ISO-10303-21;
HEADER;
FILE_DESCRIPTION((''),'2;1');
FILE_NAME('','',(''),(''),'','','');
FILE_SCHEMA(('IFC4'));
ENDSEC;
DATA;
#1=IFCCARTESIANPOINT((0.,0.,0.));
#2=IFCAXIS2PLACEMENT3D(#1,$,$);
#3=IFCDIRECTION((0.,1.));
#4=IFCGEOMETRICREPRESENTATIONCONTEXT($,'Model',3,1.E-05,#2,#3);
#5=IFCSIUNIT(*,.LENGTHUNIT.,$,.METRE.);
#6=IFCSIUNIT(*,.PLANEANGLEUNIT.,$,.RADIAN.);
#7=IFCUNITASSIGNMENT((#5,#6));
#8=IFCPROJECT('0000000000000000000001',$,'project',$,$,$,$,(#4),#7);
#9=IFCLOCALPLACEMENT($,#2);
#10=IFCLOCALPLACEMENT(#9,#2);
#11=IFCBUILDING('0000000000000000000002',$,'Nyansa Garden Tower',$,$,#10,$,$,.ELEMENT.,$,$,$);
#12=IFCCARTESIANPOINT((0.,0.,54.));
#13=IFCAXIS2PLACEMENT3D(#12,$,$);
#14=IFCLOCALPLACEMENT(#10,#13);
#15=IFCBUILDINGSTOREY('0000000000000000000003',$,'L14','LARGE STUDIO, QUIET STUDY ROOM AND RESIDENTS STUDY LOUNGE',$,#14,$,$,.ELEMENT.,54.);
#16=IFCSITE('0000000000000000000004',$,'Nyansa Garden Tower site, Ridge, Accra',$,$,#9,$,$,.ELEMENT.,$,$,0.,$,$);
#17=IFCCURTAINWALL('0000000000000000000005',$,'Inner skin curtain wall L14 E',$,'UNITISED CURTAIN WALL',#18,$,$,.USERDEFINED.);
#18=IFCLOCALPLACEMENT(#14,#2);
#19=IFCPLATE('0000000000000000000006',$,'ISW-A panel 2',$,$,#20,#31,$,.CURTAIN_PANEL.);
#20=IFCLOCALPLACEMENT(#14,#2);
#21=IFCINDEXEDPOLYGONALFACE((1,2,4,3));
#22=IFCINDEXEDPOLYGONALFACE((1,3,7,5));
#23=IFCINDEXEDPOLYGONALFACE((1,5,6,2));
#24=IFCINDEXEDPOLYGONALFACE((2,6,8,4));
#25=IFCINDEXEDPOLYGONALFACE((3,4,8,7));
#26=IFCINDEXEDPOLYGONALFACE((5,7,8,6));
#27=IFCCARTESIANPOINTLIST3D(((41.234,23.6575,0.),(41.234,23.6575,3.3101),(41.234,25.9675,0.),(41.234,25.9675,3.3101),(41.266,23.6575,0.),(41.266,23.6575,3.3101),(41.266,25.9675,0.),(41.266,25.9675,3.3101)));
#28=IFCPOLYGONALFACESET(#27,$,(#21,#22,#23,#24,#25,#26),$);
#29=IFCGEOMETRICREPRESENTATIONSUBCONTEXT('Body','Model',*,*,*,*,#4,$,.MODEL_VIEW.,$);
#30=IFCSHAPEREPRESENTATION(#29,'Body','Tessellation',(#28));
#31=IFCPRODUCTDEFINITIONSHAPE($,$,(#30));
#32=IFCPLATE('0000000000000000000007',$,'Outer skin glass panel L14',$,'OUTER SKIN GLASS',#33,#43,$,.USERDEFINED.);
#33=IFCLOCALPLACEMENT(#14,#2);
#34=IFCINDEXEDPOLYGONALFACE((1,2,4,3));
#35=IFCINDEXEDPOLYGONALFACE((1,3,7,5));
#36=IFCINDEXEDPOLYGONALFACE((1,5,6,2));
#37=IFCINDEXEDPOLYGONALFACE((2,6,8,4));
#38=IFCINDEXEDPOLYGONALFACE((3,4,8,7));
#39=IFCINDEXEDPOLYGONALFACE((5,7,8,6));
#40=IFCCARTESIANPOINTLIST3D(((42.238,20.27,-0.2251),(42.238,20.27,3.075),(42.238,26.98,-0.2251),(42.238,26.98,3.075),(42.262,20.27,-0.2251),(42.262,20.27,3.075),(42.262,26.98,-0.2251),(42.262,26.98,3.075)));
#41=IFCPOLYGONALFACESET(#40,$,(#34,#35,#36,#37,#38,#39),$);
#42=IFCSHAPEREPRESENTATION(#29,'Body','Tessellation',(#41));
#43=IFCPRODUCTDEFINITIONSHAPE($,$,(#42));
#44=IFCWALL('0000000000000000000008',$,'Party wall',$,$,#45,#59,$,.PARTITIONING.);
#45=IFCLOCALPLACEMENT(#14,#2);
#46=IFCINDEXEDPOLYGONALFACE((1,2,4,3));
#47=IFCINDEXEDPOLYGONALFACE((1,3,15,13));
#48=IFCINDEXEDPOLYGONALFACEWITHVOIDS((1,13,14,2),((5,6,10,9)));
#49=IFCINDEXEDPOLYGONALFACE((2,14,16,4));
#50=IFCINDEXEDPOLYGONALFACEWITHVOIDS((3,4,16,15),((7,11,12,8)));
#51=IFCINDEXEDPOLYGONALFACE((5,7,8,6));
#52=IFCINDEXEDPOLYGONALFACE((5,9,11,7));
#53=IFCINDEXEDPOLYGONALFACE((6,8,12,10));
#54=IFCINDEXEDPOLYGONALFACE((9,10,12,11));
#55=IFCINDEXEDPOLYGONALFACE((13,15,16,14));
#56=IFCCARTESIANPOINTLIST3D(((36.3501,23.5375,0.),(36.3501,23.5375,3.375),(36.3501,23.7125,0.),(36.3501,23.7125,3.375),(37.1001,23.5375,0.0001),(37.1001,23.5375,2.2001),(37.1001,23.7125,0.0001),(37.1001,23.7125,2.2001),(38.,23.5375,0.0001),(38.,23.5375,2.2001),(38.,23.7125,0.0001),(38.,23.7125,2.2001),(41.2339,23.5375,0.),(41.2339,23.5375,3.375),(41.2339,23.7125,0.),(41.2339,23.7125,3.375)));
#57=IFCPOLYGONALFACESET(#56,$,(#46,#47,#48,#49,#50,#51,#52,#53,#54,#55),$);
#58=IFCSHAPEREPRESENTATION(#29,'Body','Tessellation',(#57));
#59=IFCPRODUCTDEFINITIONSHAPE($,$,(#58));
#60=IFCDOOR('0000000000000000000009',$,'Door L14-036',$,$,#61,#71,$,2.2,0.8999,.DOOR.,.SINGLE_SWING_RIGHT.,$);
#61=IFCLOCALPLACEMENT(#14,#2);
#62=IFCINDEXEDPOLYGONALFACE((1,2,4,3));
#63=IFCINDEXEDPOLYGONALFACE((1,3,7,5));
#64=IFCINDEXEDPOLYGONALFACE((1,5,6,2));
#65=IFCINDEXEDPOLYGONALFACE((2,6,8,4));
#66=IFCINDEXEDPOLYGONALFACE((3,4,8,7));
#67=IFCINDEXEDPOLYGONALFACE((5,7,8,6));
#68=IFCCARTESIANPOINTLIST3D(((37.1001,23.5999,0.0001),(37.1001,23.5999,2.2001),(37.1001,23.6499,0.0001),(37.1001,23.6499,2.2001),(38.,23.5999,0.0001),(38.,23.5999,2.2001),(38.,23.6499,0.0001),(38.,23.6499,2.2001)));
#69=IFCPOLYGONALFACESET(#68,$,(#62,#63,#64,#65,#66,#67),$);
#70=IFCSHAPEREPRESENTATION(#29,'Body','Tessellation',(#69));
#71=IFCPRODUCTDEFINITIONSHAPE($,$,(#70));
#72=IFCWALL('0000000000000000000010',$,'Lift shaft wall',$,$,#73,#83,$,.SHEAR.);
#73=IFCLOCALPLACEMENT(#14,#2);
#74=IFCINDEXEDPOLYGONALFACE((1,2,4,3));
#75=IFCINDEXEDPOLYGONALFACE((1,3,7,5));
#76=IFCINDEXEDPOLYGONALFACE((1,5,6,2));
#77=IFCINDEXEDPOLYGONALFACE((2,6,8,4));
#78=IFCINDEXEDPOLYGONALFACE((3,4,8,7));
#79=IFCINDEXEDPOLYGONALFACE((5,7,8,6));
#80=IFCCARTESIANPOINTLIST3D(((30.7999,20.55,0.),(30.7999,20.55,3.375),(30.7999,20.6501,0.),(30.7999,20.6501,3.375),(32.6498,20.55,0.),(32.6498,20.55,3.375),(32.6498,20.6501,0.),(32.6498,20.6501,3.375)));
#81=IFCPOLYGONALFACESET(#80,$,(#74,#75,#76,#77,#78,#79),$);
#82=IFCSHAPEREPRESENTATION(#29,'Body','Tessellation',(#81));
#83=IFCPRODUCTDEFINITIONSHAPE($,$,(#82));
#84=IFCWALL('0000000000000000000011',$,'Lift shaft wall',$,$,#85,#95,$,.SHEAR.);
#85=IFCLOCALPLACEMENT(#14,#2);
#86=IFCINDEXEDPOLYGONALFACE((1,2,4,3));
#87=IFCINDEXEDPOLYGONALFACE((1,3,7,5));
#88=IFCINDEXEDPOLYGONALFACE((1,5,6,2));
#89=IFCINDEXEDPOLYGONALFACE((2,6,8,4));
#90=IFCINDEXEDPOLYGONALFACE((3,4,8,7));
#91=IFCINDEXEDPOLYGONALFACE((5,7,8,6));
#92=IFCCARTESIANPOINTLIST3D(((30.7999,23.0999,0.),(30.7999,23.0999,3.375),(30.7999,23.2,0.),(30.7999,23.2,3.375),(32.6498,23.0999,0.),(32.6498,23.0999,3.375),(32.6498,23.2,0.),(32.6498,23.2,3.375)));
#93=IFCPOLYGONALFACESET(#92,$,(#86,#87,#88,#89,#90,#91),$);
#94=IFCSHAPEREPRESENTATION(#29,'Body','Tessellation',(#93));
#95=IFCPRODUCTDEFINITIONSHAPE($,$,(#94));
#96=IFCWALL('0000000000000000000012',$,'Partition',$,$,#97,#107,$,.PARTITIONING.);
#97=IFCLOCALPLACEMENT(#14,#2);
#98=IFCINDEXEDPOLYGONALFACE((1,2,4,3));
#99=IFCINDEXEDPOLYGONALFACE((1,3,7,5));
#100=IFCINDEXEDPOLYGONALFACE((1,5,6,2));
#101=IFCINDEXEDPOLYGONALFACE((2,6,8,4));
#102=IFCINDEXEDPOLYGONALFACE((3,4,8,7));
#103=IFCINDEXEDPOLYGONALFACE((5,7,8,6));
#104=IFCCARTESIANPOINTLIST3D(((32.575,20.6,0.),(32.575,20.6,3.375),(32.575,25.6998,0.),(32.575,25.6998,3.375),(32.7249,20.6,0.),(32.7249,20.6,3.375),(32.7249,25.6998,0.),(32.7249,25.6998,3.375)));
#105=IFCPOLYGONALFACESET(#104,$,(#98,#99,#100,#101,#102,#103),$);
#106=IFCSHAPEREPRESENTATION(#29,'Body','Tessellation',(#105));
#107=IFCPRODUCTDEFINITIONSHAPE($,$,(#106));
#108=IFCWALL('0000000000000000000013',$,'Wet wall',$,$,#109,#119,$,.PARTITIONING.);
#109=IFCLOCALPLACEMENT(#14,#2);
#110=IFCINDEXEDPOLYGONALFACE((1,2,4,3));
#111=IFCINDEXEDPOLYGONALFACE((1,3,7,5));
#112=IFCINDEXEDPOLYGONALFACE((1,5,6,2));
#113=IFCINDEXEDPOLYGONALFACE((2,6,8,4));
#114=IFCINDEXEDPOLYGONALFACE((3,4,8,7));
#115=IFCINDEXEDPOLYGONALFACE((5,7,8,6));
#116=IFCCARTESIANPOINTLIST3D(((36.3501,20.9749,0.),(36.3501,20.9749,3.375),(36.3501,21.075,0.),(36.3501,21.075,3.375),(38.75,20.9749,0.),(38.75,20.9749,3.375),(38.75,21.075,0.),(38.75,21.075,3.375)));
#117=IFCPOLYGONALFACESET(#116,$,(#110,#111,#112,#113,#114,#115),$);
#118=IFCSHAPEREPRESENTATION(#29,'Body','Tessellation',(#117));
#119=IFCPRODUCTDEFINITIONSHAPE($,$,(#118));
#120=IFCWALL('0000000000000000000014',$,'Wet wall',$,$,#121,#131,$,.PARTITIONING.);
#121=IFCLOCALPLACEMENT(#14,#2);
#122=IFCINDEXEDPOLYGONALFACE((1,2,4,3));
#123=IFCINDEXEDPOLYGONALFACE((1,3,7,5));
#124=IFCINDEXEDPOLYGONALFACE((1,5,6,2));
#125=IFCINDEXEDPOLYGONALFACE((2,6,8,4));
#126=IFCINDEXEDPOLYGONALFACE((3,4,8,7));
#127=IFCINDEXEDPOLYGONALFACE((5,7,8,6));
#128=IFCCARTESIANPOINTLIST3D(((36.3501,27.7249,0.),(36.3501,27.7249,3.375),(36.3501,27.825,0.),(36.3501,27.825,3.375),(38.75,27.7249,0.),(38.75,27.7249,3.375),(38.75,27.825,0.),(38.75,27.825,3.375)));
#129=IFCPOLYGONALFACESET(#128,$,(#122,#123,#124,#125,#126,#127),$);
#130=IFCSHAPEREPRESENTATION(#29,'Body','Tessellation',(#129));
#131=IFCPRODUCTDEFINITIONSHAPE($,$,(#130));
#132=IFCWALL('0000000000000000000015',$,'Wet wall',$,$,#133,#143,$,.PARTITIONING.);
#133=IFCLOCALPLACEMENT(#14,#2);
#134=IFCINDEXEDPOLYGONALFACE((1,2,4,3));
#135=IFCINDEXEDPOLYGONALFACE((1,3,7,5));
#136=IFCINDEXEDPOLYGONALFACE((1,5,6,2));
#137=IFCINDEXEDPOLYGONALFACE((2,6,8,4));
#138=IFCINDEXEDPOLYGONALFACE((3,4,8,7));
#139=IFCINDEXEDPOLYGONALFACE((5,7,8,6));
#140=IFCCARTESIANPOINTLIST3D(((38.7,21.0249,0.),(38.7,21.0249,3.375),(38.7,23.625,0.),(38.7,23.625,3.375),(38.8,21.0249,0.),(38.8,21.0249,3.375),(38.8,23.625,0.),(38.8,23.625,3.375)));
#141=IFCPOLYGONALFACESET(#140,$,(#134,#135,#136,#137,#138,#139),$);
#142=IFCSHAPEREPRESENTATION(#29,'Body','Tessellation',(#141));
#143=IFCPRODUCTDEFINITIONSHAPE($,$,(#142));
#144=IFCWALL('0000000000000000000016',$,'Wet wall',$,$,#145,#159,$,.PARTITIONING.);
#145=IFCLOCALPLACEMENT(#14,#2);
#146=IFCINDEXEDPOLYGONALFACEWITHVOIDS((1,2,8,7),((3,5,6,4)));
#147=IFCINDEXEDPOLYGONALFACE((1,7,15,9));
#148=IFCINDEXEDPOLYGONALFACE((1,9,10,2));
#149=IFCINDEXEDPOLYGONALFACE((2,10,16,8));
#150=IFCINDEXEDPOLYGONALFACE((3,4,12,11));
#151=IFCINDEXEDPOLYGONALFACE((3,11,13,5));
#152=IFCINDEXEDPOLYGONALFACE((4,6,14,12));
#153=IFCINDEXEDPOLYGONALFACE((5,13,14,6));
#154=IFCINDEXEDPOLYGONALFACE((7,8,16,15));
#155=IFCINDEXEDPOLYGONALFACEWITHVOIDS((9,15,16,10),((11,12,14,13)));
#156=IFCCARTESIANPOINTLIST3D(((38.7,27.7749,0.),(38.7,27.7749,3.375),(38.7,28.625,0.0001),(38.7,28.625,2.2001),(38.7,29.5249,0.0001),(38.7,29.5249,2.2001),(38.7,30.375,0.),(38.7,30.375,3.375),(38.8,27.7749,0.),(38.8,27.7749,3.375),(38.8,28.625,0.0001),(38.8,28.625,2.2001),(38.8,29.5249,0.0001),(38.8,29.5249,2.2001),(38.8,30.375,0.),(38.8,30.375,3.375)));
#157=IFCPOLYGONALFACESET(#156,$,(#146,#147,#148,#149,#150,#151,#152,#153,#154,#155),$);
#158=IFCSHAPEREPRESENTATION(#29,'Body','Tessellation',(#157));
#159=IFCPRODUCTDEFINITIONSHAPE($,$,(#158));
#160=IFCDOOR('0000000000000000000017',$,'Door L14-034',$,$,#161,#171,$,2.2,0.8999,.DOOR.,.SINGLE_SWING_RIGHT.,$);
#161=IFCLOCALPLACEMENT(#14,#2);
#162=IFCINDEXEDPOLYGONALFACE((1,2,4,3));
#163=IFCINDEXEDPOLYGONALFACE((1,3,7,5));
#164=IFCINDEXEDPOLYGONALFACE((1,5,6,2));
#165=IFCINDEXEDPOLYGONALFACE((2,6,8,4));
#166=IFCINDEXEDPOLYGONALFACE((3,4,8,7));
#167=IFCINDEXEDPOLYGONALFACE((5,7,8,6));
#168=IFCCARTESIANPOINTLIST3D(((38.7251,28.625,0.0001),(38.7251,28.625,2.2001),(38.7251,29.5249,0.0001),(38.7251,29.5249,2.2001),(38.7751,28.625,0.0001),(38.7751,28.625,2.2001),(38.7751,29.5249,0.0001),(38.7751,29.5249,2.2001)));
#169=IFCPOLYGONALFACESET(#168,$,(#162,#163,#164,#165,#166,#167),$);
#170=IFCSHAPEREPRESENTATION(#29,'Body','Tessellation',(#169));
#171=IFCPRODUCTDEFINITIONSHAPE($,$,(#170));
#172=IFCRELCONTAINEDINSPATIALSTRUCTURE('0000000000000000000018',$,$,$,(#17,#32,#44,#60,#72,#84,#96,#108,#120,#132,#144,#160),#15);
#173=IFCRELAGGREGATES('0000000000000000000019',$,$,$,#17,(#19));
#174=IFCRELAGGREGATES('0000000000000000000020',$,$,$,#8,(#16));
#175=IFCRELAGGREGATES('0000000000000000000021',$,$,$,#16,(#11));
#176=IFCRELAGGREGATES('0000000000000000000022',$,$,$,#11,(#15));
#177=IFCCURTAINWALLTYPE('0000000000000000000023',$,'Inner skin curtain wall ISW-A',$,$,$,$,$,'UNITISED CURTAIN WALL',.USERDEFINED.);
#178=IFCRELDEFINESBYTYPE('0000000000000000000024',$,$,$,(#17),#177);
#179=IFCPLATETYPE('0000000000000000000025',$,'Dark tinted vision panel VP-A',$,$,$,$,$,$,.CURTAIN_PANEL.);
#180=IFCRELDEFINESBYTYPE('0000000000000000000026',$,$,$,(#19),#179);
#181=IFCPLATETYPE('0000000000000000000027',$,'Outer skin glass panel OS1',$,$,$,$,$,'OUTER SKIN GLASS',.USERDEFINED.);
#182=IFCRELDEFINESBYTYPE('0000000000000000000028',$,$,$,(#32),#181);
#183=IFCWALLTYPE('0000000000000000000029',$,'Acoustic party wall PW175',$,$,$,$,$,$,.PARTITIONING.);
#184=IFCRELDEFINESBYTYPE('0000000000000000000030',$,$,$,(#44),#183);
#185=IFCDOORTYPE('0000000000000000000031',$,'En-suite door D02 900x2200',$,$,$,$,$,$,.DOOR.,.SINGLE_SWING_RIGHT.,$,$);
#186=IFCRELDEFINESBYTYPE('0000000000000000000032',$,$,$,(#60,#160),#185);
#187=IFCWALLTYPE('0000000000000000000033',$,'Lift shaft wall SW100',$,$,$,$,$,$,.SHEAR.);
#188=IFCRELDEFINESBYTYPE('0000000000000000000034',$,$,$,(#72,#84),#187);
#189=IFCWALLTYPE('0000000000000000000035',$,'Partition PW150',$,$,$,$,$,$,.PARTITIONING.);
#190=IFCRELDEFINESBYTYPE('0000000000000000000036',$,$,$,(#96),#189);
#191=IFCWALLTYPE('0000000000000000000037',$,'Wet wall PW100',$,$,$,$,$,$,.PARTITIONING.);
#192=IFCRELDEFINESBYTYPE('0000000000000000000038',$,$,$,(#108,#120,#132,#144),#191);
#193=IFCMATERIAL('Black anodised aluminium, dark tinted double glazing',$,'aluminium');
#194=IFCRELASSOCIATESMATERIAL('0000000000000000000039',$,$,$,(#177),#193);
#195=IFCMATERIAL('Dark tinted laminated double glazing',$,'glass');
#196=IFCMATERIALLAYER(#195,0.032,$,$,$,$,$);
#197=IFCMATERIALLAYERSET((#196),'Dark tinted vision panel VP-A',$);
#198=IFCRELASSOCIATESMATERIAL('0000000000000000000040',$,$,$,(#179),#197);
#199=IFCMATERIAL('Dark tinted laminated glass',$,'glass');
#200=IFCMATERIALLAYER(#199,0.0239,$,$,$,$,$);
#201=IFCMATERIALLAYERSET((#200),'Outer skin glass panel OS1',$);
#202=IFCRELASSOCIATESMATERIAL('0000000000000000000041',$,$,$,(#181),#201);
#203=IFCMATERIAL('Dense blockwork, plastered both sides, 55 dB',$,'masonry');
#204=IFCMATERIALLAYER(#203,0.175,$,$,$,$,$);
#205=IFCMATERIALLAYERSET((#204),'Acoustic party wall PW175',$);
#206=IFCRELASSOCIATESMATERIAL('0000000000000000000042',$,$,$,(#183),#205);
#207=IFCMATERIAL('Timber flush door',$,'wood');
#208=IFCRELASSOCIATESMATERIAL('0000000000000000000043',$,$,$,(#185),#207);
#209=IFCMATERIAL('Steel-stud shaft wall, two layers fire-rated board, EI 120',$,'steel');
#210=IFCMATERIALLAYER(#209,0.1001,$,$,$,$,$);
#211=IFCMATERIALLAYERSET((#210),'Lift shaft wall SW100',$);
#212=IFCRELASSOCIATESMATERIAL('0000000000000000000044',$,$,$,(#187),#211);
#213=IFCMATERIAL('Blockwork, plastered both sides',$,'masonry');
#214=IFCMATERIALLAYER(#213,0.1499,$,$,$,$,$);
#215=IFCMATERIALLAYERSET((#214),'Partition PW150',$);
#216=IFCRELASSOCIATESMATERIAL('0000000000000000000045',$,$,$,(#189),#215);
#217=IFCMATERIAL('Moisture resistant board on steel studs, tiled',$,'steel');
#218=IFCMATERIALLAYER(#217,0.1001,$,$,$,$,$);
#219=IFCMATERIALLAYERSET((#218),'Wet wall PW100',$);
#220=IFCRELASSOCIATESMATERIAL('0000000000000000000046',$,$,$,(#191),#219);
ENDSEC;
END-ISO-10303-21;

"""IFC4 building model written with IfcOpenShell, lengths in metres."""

from ifc_helpers import new_model, si_unit, direction, frame, frame_2d, origin, origin_2d, place, context, subcontext, project, spatial, rectangle, extrude, material, layer, layer_set, type_object, element, fill, aggregate, save


model = new_model("IFC4")

# Units and contexts
model_context = context("Model", 3, precision=1e-05, world=origin(), true_north=direction((0.0, 1.0)))
body_context = subcontext(model_context, "Body", "Model", "MODEL_VIEW")
ifc_project = project(units=[si_unit("LENGTHUNIT", "METRE"), si_unit("PLANEANGLEUNIT", "RADIAN")], contexts=[model_context])

# Site, building, storey
site_placement = place(None, origin())
site = spatial("IfcSite", under=ifc_project, at=site_placement, Name="Nyansa Garden Tower site, Ridge, Accra", CompositionType="ELEMENT", RefElevation=0.0)
building_placement = place(site_placement, origin())
building = spatial("IfcBuilding", under=site, at=building_placement, Name="Nyansa Garden Tower", CompositionType="ELEMENT")
storey_placement = place(building_placement, frame((0.0, 0.0, 54.0)))
storey = spatial("IfcBuildingStorey", under=building, at=storey_placement, Name="L14", Description="LARGE STUDIO, QUIET STUDY ROOM AND RESIDENTS STUDY LOUNGE", CompositionType="ELEMENT", Elevation=54.0)

# Curtain wall
ifc_material_1 = material(Name="Black anodised aluminium, dark tinted double glazing", Category="aluminium")
curtain_wall_type = type_object("IfcCurtainWallType", Name="Inner skin curtain wall ISW-A", ElementType="UNITISED CURTAIN WALL", PredefinedType="USERDEFINED", material=ifc_material_1)
curtain_wall_placement = place(storey_placement, origin())
curtain_wall = element("IfcCurtainWall", 1, at=curtain_wall_placement, inside=storey, type_object=curtain_wall_type, Name="Inner skin curtain wall L14 E", ObjectType="UNITISED CURTAIN WALL", PredefinedType="USERDEFINED")

# Plates
ifc_material_2 = material(Name="Dark tinted laminated double glazing", Category="glass")
ifc_layer_1 = layer(ifc_material_2, 0.032)
ifc_layer_set_1 = layer_set([ifc_layer_1], Name="Dark tinted vision panel VP-A")
plate_type_1 = type_object("IfcPlateType", Name="Dark tinted vision panel VP-A", PredefinedType="CURTAIN_PANEL", material=ifc_layer_set_1)
plate_1_placement = place(storey_placement, frame((41.25, 24.8125, 0.0), z_axis=(0.0, 0.0, 1.0), x_axis=(0.0, 1.0, 0.0)))
plate_1 = element("IfcPlate", 2, at=plate_1_placement, type_object=plate_type_1, Name="ISW-A panel 2", PredefinedType="CURTAIN_PANEL", context=body_context, shape_type="SweptSolid", body=[
    extrude(rectangle(XDim=2.3101, YDim=0.032, at=origin_2d()), origin(), (0.0, 0.0, 1.0), 3.3101),
])
aggregate(curtain_wall, [plate_1])
ifc_material_3 = material(Name="Dark tinted laminated glass", Category="glass")
ifc_layer_2 = layer(ifc_material_3, 0.0239)
ifc_layer_set_2 = layer_set([ifc_layer_2], Name="Outer skin glass panel OS1")
plate_type_2 = type_object("IfcPlateType", Name="Outer skin glass panel OS1", ElementType="OUTER SKIN GLASS", PredefinedType="USERDEFINED", material=ifc_layer_set_2)
plate_2_placement = place(storey_placement, frame((42.25, 23.625, -0.2251), z_axis=(0.0, 0.0, 1.0), x_axis=(0.0, 1.0, 0.0)))
element("IfcPlate", 3, at=plate_2_placement, inside=storey, type_object=plate_type_2, Name="Outer skin glass panel L14", ObjectType="OUTER SKIN GLASS", PredefinedType="USERDEFINED", context=body_context, shape_type="SweptSolid", body=[
    extrude(rectangle(XDim=6.71, YDim=0.0239, at=origin_2d()), origin(), (0.0, 0.0, 1.0), 3.3),
])

# Wall, opening, door
ifc_material_4 = material(Name="Dense blockwork, plastered both sides, 55 dB", Category="masonry")
ifc_layer_3 = layer(ifc_material_4, 0.175)
ifc_layer_set_3 = layer_set([ifc_layer_3], Name="Acoustic party wall PW175")
wall_type_1 = type_object("IfcWallType", Name="Acoustic party wall PW175", PredefinedType="PARTITIONING", material=ifc_layer_set_3)
wall_1_placement = place(storey_placement, frame((36.3501, 23.625, 0.0), z_axis=(0.0, 0.0, 1.0), x_axis=(1.0, 0.0, 0.0)))
wall_1 = element("IfcWall", 4, at=wall_1_placement, inside=storey, type_object=wall_type_1, Name="Party wall", PredefinedType="PARTITIONING", context=body_context, shape_type="SweptSolid", body=[
    extrude(rectangle(XDim=4.8838, YDim=0.175, at=frame_2d((2.4419, 0.0))), origin(), (0.0, 0.0, 1.0), 3.375),
])
opening_1_placement = place(wall_1_placement, frame((0.75, 0.0, 0.0)))
opening_1 = element("IfcOpeningElement", 5, at=opening_1_placement, cuts=wall_1, PredefinedType="OPENING", context=body_context, shape_type="SweptSolid", body=[
    extrude(rectangle(XDim=0.8999, YDim=2.2, at=frame_2d((0.45, 1.1001))), frame((0.0, 0.0974, 0.0), z_axis=(0.0, -1.0, 0.0), x_axis=(1.0, 0.0, 0.0)), (0.0, 0.0, 1.0), 0.1951),
])
ifc_material_5 = material(Name="Timber flush door", Category="wood")
door_type = type_object("IfcDoorType", Name="En-suite door D02 900x2200", OperationType="SINGLE_SWING_RIGHT", PredefinedType="DOOR", material=ifc_material_5)
door_1_placement = place(opening_1_placement, origin())
door_1 = element("IfcDoor", 6, at=door_1_placement, inside=storey, type_object=door_type, Name="Door L14-036", OperationType="SINGLE_SWING_RIGHT", OverallHeight=2.2, OverallWidth=0.8999, PredefinedType="DOOR", context=body_context, shape_type="SweptSolid", body=[
    extrude(rectangle(XDim=0.8999, YDim=2.2, at=frame_2d((0.45, 1.1001))), frame((0.0, 0.0249, 0.0), z_axis=(0.0, -1.0, 0.0), x_axis=(1.0, 0.0, 0.0)), (0.0, 0.0, 1.0), 0.05),
])
fill(opening_1, door_1)

# Walls
ifc_material_6 = material(Name="Steel-stud shaft wall, two layers fire-rated board, EI 120", Category="steel")
ifc_layer_4 = layer(ifc_material_6, 0.1001)
ifc_layer_set_4 = layer_set([ifc_layer_4], Name="Lift shaft wall SW100")
wall_type_2 = type_object("IfcWallType", Name="Lift shaft wall SW100", PredefinedType="SHEAR", material=ifc_layer_set_4)
for number, where, z_axis, x_axis, name in (
    (7, (30.8, 20.6001, 0.0), (0.0, 0.0, 1.0), (1.0, 0.0, 0.0), "Lift shaft wall"),
    (8, (30.8, 23.1499, 0.0), (0.0, 0.0, 1.0), (1.0, 0.0, 0.0), "Lift shaft wall"),
):
    element("IfcWall", number, at=place(storey_placement, frame(where, z_axis=z_axis, x_axis=x_axis)), inside=storey, type_object=wall_type_2, Name=name, PredefinedType="SHEAR", context=body_context, shape_type="SweptSolid", body=[
        extrude(rectangle(XDim=1.8499, YDim=0.1001, at=frame_2d((0.9248, 0.0))), origin(), (0.0, 0.0, 1.0), 3.375),
    ])
ifc_material_7 = material(Name="Blockwork, plastered both sides", Category="masonry")
ifc_layer_5 = layer(ifc_material_7, 0.1499)
ifc_layer_set_5 = layer_set([ifc_layer_5], Name="Partition PW150")
wall_type_3 = type_object("IfcWallType", Name="Partition PW150", PredefinedType="PARTITIONING", material=ifc_layer_set_5)
wall_2_placement = place(storey_placement, frame((32.6499, 20.6001, 0.0), z_axis=(0.0, 0.0, 1.0), x_axis=(0.0, 1.0, 0.0)))
element("IfcWall", 9, at=wall_2_placement, inside=storey, type_object=wall_type_3, Name="Partition", PredefinedType="PARTITIONING", context=body_context, shape_type="SweptSolid", body=[
    extrude(rectangle(XDim=5.0999, YDim=0.1499, at=frame_2d((2.5498, 0.0))), origin(), (0.0, 0.0, 1.0), 3.375),
])
ifc_material_8 = material(Name="Moisture resistant board on steel studs, tiled", Category="steel")
ifc_layer_6 = layer(ifc_material_8, 0.1001)
ifc_layer_set_6 = layer_set([ifc_layer_6], Name="Wet wall PW100")
wall_type_4 = type_object("IfcWallType", Name="Wet wall PW100", PredefinedType="PARTITIONING", material=ifc_layer_set_6)
for number, where, z_axis, x_axis, name in (
    (10, (36.3501, 21.0249, 0.0), (0.0, 0.0, 1.0), (1.0, 0.0, 0.0), "Wet wall"),
    (11, (36.3501, 27.7749, 0.0), (0.0, 0.0, 1.0), (1.0, 0.0, 0.0), "Wet wall"),
):
    element("IfcWall", number, at=place(storey_placement, frame(where, z_axis=z_axis, x_axis=x_axis)), inside=storey, type_object=wall_type_4, Name=name, PredefinedType="PARTITIONING", context=body_context, shape_type="SweptSolid", body=[
        extrude(rectangle(XDim=2.3999, YDim=0.1001, at=frame_2d((1.2, 0.0))), origin(), (0.0, 0.0, 1.0), 3.375),
    ])
wall_3_placement = place(storey_placement, frame((38.75, 21.0249, 0.0), z_axis=(0.0, 0.0, 1.0), x_axis=(0.0, 1.0, 0.0)))
element("IfcWall", 12, at=wall_3_placement, inside=storey, type_object=wall_type_4, Name="Wet wall", PredefinedType="PARTITIONING", context=body_context, shape_type="SweptSolid", body=[
    extrude(rectangle(XDim=2.6001, YDim=0.1001, at=frame_2d((1.3, 0.0))), origin(), (0.0, 0.0, 1.0), 3.375),
])

# Wall, opening, door
wall_4_placement = place(storey_placement, frame((38.75, 27.7749, 0.0), z_axis=(0.0, 0.0, 1.0), x_axis=(0.0, 1.0, 0.0)))
wall_4 = element("IfcWall", 13, at=wall_4_placement, inside=storey, type_object=wall_type_4, Name="Wet wall", PredefinedType="PARTITIONING", context=body_context, shape_type="SweptSolid", body=[
    extrude(rectangle(XDim=2.6001, YDim=0.1001, at=frame_2d((1.3, 0.0))), origin(), (0.0, 0.0, 1.0), 3.375),
])
opening_2_placement = place(wall_4_placement, frame((0.8501, 0.0, 0.0)))
opening_2 = element("IfcOpeningElement", 14, at=opening_2_placement, cuts=wall_4, PredefinedType="OPENING", context=body_context, shape_type="SweptSolid", body=[
    extrude(rectangle(XDim=0.8999, YDim=2.2, at=frame_2d((0.45, 1.1001))), frame((0.0, 0.0601, 0.0), z_axis=(0.0, -1.0, 0.0), x_axis=(1.0, 0.0, 0.0)), (0.0, 0.0, 1.0), 0.1201),
])
door_2_placement = place(opening_2_placement, origin())
door_2 = element("IfcDoor", 15, at=door_2_placement, inside=storey, type_object=door_type, Name="Door L14-034", OperationType="SINGLE_SWING_RIGHT", OverallHeight=2.2, OverallWidth=0.8999, PredefinedType="DOOR", context=body_context, shape_type="SweptSolid", body=[
    extrude(rectangle(XDim=0.8999, YDim=2.2, at=frame_2d((0.45, 1.1001))), frame((0.0, 0.0249, 0.0), z_axis=(0.0, -1.0, 0.0), x_axis=(1.0, 0.0, 0.0)), (0.0, 0.0, 1.0), 0.05),
])
fill(opening_2, door_2)

save(model, "model.ifc")
